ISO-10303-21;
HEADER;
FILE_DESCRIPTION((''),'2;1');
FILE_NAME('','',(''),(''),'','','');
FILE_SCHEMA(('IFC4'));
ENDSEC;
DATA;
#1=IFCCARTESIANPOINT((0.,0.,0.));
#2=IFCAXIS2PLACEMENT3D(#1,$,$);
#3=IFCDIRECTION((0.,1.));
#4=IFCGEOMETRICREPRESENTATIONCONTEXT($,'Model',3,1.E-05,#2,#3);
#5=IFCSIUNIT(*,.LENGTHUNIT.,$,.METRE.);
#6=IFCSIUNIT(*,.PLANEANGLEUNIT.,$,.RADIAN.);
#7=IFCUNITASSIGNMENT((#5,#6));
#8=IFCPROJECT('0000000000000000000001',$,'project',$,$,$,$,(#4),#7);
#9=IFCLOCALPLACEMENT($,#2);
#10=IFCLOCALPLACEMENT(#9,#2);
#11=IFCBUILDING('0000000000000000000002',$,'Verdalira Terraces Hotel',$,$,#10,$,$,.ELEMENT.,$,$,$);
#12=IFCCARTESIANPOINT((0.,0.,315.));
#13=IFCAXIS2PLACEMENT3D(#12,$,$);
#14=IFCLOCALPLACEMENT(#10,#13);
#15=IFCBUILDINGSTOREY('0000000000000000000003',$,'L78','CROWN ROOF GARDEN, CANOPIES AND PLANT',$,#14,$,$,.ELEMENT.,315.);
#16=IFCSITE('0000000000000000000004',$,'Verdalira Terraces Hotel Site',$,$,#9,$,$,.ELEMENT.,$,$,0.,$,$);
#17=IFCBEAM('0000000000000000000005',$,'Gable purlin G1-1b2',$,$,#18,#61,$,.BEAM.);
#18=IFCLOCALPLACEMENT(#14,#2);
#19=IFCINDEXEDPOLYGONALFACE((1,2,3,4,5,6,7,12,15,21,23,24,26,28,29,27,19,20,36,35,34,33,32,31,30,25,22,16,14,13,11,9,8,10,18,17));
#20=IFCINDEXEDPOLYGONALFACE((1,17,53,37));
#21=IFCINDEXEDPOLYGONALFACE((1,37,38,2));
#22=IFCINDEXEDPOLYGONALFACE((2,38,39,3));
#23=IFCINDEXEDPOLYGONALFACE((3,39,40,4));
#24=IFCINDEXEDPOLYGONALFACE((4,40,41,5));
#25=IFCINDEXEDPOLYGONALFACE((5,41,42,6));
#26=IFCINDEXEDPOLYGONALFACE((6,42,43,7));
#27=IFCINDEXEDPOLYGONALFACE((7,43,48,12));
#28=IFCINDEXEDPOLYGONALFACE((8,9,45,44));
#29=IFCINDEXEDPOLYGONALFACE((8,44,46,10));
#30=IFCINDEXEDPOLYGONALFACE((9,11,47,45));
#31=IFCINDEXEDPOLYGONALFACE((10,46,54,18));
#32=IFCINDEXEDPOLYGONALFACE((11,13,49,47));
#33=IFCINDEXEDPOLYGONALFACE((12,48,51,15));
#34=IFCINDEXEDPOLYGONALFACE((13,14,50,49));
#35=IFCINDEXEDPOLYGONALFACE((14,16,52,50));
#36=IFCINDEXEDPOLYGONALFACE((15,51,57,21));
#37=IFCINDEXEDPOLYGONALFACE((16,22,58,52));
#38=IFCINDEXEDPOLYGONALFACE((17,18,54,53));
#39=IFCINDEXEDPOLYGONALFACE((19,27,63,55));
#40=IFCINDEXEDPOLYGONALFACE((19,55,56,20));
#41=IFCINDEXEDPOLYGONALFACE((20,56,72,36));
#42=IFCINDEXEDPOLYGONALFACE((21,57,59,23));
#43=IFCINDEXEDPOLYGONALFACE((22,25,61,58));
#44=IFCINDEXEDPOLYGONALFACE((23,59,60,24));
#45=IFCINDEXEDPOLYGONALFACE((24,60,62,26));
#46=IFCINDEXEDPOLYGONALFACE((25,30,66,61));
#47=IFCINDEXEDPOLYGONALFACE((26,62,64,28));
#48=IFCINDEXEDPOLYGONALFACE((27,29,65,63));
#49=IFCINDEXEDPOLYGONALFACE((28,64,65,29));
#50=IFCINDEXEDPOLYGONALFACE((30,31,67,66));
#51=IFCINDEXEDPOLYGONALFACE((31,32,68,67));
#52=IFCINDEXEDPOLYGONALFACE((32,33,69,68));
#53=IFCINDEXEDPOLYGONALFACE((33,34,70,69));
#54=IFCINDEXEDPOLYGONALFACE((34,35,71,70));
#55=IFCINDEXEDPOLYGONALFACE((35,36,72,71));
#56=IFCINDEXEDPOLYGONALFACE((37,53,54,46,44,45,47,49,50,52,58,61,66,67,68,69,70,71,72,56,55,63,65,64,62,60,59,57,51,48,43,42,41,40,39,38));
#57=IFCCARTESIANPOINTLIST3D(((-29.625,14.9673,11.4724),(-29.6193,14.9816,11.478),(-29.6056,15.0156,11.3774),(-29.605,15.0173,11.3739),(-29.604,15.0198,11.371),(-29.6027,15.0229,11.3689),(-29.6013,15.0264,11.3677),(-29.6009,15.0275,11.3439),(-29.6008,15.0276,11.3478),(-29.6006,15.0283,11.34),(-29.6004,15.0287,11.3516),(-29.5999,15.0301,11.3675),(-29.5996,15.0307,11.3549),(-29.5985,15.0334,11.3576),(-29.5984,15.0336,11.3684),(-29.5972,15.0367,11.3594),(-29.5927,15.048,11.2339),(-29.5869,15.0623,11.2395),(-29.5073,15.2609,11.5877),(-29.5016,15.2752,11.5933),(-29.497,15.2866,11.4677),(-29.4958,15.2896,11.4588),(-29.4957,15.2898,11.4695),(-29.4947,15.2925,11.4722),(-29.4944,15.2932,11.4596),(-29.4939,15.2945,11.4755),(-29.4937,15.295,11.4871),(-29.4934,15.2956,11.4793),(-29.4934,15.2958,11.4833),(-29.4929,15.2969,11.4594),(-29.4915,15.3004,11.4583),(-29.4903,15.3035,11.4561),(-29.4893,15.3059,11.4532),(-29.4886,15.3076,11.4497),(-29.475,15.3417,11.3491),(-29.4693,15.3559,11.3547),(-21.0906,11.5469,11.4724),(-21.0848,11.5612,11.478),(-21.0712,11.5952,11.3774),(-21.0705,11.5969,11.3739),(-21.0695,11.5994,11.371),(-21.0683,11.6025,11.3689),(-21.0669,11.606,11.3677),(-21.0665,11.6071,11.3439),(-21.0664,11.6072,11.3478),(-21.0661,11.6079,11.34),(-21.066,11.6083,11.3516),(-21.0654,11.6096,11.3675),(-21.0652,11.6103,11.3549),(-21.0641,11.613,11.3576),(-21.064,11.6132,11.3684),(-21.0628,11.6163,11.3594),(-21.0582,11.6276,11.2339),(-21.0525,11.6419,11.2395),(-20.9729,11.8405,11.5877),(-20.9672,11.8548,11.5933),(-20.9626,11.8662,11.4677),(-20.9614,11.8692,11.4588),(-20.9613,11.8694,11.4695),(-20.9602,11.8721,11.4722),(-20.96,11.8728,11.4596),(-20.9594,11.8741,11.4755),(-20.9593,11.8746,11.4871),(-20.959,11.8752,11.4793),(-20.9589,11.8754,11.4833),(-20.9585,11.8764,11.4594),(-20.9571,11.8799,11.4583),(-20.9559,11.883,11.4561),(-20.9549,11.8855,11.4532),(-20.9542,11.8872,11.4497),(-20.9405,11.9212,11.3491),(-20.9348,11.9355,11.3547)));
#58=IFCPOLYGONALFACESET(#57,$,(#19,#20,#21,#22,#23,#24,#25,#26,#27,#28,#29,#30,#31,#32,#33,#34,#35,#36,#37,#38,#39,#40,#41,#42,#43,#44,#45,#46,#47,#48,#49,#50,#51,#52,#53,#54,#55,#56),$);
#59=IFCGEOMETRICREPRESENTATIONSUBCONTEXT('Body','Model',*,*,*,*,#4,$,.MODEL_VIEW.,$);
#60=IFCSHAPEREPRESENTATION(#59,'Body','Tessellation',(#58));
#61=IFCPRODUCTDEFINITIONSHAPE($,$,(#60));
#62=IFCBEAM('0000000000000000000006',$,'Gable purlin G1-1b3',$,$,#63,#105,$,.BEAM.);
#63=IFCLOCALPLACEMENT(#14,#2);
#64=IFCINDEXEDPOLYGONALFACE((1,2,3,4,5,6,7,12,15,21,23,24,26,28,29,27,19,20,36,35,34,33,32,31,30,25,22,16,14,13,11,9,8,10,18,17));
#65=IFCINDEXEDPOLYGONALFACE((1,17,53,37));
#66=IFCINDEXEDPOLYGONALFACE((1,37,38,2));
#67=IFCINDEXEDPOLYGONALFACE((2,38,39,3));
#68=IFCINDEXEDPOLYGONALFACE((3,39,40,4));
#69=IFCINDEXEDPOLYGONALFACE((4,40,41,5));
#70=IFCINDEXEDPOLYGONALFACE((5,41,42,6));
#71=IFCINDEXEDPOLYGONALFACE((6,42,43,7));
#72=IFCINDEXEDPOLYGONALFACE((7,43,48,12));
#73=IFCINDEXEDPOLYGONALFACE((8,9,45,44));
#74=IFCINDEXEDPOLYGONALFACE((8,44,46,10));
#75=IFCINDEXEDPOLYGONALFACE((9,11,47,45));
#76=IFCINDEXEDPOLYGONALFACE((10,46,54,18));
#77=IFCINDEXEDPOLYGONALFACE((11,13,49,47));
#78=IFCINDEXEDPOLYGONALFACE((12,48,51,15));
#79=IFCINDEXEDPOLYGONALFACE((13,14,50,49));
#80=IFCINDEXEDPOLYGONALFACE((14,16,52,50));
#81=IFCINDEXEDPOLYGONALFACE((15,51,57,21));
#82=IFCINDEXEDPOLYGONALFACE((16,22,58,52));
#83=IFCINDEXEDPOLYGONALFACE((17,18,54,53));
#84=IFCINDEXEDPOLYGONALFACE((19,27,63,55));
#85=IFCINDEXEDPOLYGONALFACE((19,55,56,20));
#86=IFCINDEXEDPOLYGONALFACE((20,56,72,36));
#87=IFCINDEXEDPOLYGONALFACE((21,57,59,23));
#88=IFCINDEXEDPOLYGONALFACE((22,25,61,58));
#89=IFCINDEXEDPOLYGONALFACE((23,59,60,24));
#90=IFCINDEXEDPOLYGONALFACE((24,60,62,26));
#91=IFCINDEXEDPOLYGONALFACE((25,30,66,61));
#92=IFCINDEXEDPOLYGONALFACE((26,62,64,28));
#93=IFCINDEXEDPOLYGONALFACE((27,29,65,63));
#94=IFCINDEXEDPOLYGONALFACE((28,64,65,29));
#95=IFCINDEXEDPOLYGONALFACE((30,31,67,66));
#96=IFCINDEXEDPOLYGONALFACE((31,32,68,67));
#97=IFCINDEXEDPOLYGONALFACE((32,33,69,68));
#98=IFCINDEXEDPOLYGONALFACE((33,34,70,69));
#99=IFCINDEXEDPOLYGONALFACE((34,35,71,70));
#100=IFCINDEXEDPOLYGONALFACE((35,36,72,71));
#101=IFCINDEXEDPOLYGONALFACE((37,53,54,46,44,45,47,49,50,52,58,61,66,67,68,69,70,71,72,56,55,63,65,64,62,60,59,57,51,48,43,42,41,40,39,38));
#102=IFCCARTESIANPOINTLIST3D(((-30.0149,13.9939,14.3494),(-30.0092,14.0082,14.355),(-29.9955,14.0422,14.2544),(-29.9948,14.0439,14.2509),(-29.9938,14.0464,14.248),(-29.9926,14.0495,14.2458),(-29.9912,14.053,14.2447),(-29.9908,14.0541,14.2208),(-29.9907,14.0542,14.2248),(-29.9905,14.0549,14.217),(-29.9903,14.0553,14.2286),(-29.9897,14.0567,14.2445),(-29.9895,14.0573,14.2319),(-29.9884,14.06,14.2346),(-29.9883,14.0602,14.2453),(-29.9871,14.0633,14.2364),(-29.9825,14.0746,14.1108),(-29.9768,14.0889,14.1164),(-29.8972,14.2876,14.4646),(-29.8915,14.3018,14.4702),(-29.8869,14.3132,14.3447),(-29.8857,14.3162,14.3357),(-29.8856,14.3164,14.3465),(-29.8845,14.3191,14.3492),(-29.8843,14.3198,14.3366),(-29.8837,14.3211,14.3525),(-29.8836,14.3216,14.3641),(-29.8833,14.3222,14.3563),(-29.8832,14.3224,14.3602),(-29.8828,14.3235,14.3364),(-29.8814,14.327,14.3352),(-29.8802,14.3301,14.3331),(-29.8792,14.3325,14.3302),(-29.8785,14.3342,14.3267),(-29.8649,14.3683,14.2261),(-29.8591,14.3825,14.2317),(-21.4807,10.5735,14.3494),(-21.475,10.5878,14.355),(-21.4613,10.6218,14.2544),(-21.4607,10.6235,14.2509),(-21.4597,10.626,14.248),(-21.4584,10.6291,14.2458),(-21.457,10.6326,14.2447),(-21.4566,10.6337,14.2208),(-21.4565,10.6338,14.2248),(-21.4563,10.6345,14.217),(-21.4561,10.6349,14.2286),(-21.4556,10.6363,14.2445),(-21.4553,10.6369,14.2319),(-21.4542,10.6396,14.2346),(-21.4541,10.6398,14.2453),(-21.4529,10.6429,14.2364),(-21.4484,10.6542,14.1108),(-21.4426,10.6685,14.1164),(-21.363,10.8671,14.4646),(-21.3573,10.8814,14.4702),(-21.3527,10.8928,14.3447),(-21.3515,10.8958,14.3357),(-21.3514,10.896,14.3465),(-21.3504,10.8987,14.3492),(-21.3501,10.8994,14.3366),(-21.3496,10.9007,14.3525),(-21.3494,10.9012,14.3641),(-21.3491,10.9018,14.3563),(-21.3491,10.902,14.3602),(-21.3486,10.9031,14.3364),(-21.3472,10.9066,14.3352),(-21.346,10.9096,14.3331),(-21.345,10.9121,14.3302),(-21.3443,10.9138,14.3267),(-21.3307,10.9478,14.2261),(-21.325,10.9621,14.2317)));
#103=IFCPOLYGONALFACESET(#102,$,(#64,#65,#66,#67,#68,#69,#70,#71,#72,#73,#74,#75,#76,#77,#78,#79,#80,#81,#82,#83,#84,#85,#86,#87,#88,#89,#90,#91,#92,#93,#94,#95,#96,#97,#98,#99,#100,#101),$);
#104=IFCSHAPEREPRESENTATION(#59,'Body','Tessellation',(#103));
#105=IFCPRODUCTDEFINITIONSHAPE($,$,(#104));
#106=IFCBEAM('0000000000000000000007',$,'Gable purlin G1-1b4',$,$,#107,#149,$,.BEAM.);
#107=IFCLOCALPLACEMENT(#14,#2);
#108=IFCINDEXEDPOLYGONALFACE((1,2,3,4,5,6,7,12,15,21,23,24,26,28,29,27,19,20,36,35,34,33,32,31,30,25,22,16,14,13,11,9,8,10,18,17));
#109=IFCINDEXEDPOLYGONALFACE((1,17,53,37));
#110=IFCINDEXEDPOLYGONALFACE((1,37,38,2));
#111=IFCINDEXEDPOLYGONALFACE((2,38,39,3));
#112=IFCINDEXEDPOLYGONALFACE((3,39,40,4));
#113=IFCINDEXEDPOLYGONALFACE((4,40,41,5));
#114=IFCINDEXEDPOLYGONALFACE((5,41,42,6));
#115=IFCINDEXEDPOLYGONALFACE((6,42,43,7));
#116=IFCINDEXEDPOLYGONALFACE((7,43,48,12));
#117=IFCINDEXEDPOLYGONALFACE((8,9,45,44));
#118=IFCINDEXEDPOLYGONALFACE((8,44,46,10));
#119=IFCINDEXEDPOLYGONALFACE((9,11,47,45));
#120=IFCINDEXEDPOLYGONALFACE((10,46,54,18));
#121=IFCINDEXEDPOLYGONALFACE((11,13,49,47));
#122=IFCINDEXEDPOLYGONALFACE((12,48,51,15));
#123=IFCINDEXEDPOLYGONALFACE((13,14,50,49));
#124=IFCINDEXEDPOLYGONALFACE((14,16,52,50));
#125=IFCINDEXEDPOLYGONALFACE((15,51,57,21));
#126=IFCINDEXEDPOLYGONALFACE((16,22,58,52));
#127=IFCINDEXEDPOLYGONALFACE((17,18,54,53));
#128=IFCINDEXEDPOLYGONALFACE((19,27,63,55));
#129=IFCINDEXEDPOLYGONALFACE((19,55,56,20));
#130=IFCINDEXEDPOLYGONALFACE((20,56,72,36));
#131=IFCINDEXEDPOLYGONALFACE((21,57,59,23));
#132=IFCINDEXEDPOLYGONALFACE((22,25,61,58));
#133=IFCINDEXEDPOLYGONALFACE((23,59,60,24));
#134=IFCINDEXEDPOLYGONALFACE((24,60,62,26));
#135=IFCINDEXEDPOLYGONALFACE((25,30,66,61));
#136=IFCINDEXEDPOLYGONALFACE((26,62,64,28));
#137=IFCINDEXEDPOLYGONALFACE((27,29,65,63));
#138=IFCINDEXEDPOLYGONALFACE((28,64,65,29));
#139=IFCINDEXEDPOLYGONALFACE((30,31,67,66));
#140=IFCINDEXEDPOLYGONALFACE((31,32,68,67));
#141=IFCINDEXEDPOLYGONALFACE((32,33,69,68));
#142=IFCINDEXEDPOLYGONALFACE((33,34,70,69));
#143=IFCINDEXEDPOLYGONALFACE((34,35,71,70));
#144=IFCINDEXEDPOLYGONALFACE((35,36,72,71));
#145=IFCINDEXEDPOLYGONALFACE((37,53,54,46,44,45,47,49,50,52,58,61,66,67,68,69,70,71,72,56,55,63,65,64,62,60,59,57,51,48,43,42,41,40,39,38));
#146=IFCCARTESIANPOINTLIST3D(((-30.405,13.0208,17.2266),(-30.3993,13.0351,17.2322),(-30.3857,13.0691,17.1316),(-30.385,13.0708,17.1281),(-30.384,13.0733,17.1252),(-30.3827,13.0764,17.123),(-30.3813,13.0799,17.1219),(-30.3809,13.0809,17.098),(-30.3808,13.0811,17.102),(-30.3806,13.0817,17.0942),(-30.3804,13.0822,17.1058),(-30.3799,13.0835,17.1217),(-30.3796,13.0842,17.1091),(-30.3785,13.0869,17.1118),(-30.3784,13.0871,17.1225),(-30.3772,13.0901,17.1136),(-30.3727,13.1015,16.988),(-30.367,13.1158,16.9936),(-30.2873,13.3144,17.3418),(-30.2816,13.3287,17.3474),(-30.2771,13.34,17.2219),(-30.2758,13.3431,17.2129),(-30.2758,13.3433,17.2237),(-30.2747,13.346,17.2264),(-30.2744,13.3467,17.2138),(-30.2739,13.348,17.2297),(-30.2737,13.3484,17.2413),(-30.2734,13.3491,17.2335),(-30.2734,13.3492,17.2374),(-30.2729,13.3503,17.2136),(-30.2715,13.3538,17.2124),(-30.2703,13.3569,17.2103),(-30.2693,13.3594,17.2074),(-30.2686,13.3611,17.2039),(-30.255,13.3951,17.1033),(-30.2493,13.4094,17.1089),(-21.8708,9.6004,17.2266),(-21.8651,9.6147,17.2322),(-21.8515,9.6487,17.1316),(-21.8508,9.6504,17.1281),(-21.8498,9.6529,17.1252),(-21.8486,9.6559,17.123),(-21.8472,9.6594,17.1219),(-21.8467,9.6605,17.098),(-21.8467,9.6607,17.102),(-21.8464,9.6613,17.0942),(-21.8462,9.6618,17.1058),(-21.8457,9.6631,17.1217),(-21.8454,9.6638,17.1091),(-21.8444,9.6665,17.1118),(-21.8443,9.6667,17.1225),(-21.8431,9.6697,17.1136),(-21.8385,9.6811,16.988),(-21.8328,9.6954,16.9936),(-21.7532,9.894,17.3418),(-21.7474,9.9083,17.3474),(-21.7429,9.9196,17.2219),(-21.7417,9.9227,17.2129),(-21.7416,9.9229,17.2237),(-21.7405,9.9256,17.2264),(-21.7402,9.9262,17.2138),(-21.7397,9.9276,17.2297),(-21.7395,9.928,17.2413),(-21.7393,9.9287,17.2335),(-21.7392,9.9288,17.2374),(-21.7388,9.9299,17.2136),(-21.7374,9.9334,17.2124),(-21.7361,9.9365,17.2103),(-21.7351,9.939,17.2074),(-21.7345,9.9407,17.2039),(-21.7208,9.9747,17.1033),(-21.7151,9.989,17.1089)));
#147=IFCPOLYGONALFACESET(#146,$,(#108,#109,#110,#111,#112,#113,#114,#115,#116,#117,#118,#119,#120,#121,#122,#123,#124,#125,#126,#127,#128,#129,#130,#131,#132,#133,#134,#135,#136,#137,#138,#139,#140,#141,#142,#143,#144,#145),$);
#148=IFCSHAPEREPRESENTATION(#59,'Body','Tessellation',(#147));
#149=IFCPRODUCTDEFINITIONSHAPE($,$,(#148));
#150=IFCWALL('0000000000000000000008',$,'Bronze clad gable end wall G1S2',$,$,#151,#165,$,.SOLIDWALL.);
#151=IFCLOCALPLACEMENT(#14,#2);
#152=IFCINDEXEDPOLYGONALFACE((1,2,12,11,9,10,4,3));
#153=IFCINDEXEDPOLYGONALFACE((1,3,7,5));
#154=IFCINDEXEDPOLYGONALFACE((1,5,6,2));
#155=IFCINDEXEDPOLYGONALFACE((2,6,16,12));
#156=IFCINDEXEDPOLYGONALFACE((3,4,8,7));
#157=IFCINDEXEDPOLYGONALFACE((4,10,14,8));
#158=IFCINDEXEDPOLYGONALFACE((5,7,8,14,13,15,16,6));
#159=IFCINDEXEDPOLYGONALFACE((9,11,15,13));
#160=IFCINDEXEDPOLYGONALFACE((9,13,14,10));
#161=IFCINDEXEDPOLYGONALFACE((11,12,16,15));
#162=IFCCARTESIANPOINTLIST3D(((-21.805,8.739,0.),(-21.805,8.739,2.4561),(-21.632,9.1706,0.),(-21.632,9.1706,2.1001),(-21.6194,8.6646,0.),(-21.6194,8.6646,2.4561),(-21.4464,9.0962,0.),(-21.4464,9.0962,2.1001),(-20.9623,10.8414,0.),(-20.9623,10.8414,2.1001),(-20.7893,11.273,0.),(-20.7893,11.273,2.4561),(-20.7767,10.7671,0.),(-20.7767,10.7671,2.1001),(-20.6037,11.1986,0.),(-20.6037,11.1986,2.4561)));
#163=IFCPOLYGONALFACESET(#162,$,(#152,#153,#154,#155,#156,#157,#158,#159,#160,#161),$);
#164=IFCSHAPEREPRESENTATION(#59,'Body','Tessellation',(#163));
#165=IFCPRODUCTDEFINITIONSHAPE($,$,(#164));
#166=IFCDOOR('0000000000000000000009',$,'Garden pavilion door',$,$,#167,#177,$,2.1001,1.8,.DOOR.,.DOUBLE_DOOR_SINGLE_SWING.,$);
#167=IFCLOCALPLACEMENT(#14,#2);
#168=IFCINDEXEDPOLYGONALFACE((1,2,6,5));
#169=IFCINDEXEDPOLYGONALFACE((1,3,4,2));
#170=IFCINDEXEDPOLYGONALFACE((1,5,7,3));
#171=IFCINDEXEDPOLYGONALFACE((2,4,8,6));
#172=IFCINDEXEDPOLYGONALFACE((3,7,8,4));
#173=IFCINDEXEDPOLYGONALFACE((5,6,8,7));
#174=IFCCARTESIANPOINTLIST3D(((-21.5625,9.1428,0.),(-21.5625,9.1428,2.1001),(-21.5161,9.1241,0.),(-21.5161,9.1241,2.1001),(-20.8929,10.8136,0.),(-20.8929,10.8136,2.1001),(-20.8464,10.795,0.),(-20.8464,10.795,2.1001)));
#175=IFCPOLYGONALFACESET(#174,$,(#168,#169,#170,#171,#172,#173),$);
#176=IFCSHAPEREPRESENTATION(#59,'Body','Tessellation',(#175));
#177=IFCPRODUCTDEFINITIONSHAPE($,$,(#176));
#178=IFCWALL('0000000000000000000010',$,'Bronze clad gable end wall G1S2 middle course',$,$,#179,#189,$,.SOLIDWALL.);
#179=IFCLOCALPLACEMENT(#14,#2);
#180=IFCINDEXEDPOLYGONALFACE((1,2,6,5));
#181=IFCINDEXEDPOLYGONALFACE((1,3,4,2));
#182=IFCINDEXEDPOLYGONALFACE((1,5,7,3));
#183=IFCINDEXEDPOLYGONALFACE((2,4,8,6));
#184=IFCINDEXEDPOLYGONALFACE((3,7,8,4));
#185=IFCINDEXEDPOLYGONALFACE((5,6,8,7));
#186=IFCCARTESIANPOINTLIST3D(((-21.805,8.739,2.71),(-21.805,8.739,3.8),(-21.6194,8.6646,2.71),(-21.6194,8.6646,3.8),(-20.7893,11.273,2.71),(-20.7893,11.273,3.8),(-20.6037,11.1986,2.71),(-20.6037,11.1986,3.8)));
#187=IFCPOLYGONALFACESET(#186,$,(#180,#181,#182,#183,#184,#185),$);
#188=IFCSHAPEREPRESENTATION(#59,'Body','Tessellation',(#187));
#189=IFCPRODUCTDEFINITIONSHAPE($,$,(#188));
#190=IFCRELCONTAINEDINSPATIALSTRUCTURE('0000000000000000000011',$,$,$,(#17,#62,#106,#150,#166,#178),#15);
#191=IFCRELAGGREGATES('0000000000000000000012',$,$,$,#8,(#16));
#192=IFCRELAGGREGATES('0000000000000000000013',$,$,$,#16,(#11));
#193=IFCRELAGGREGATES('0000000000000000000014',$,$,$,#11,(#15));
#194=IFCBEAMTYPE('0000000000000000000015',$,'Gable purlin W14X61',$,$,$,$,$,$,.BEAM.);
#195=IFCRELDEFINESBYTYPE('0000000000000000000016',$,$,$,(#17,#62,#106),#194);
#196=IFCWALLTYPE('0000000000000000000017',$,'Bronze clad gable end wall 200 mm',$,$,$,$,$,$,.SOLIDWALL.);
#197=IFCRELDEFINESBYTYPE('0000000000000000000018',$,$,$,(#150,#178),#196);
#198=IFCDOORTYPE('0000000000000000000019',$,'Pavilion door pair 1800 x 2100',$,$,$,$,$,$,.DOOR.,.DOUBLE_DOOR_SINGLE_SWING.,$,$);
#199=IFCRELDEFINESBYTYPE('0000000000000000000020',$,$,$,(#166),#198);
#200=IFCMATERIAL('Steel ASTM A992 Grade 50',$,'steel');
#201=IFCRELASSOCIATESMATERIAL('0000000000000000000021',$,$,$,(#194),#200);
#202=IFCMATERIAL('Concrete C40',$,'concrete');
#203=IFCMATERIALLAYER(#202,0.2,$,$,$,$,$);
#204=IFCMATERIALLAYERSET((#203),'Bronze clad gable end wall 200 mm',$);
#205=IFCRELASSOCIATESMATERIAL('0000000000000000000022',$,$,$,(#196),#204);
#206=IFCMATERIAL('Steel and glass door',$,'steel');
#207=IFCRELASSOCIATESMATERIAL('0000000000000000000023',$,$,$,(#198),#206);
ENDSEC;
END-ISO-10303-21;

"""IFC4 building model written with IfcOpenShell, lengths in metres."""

from ifc_helpers import new_model, si_unit, direction, frame, frame_2d, origin, origin_2d, place, context, subcontext, project, spatial, rectangle, i_section, extrude, material, layer, layer_set, material_profile, profile_set, type_object, element, fill, save


model = new_model("IFC4")

# Units and contexts
model_context = context("Model", 3, precision=1e-05, world=origin(), true_north=direction((0.0, 1.0)))
body_context = subcontext(model_context, "Body", "Model", "MODEL_VIEW")
ifc_project = project(units=[si_unit("LENGTHUNIT", "METRE"), si_unit("PLANEANGLEUNIT", "RADIAN")], contexts=[model_context])

# Site, building, storey
site_placement = place(None, origin())
site = spatial("IfcSite", under=ifc_project, at=site_placement, Name="Verdalira Terraces Hotel Site", CompositionType="ELEMENT", RefElevation=0.0)
building_placement = place(site_placement, origin())
building = spatial("IfcBuilding", under=site, at=building_placement, Name="Verdalira Terraces Hotel", CompositionType="ELEMENT")
storey_placement = place(building_placement, frame((0.0, 0.0, 315.0)))
storey = spatial("IfcBuildingStorey", under=building, at=storey_placement, Name="L78", Description="CROWN ROOF GARDEN, CANOPIES AND PLANT", CompositionType="ELEMENT", Elevation=315.0)

# Beams
ifc_material_1 = material(Name="Steel ASTM A992 Grade 50", Category="steel")
ifc_material_profile_1 = material_profile(ifc_material_1, i_section(OverallWidth=0.2539, OverallDepth=0.353, WebThickness=0.0095, FlangeThickness=0.0164, FilletRadius=0.0151, at=origin_2d()), Name="W14X61")
ifc_profile_set_1 = profile_set([ifc_material_profile_1], Name="Steel ASTM A992 Grade 50")
beam_type_1 = type_object("IfcBeamType", Name="Gable purlin W14X61", PredefinedType="BEAM", material=ifc_profile_set_1)
beam_1_placement = place(storey_placement, frame((-21.0127, 11.7412, 11.4136), z_axis=(-0.928227, 0.372013, 0.0), x_axis=(-0.127385, -0.317845, 0.939546)))
element("IfcBeam", 1, at=beam_1_placement, inside=storey, type_object=beam_type_1, Name="Gable purlin G1-1b2", PredefinedType="BEAM", context=body_context, shape_type="SweptSolid", body=[
    extrude(i_section(OverallWidth=0.2539, OverallDepth=0.353, WebThickness=0.0095, FlangeThickness=0.0164, FilletRadius=0.0151, at=origin_2d()), origin(), (0.0, 0.0, 1.0), 9.1943),
])
for number, where, z_axis, x_axis, name in (
    (2, (-21.4028, 10.7678, 14.2905), (-0.928224, 0.372022, 0.0), (-0.127389, -0.317844, 0.939546), "Gable purlin G1-1b3"),
    (3, (-21.793, 9.7947, 17.1677), (-0.928224, 0.372022, 0.0), (-0.127389, -0.317844, 0.939546), "Gable purlin G1-1b4"),
):
    element("IfcBeam", number, at=place(storey_placement, frame(where, z_axis=z_axis, x_axis=x_axis)), inside=storey, type_object=beam_type_1, Name=name, PredefinedType="BEAM", context=body_context, shape_type="SweptSolid", body=[
        extrude(i_section(OverallWidth=0.2539, OverallDepth=0.353, WebThickness=0.0095, FlangeThickness=0.0164, FilletRadius=0.0151, at=origin_2d()), origin(), (0.0, 0.0, 1.0), 9.1941),
    ])

# Wall, opening, door
ifc_material_2 = material(Name="Concrete C40", Category="concrete")
ifc_layer_1 = layer(ifc_material_2, 0.2)
ifc_layer_set_1 = layer_set([ifc_layer_1], Name="Bronze clad gable end wall 200 mm")
wall_type_1 = type_object("IfcWallType", Name="Bronze clad gable end wall 200 mm", PredefinedType="SOLIDWALL", material=ifc_layer_set_1)
wall_1_placement = place(storey_placement, frame((-20.6965, 11.2358, 0.0), z_axis=(0.0, 0.0, 1.0), x_axis=(-0.372038, -0.928217, 0.0)))
wall_1 = element("IfcWall", 4, at=wall_1_placement, inside=storey, type_object=wall_type_1, Name="Bronze clad gable end wall G1S2", PredefinedType="SOLIDWALL", context=body_context, shape_type="SweptSolid", body=[
    extrude(rectangle(XDim=2.73, YDim=0.2, at=frame_2d((1.365, 0.0))), origin(), (0.0, 0.0, 1.0), 2.4561),
])
opening_1_placement = place(wall_1_placement, frame((0.4651, 0.0, 0.0)))
opening_1 = element("IfcOpeningElement", 5, at=opening_1_placement, cuts=wall_1, PredefinedType="OPENING", context=body_context, shape_type="SweptSolid", body=[
    extrude(rectangle(XDim=1.8, YDim=2.1001, at=frame_2d((0.8999, 1.05))), frame((0.0, 0.1099, 0.0), z_axis=(0.0, -1.0, 0.0), x_axis=(1.0, 0.0, 0.0)), (0.0, 0.0, 1.0), 0.22),
])
ifc_material_3 = material(Name="Steel and glass door", Category="steel")
door_type = type_object("IfcDoorType", Name="Pavilion door pair 1800 x 2100", OperationType="DOUBLE_DOOR_SINGLE_SWING", PredefinedType="DOOR", material=ifc_material_3)
door_placement = place(opening_1_placement, origin())
door = element("IfcDoor", 6, at=door_placement, inside=storey, type_object=door_type, Name="Garden pavilion door", OperationType="DOUBLE_DOOR_SINGLE_SWING", OverallHeight=2.1001, OverallWidth=1.8, PredefinedType="DOOR", context=body_context, shape_type="SweptSolid", body=[
    extrude(rectangle(XDim=1.8, YDim=2.1001, at=frame_2d((0.8999, 1.05))), frame((0.0, 0.0249, 0.0), z_axis=(0.0, -1.0, 0.0), x_axis=(1.0, 0.0, 0.0)), (0.0, 0.0, 1.0), 0.05),
])
fill(opening_1, door)

# Wall
wall_2_placement = place(storey_placement, frame((-20.6965, 11.2358, 2.71), z_axis=(0.0, 0.0, 1.0), x_axis=(-0.372038, -0.928217, 0.0)))
element("IfcWall", 7, at=wall_2_placement, inside=storey, type_object=wall_type_1, Name="Bronze clad gable end wall G1S2 middle course", PredefinedType="SOLIDWALL", context=body_context, shape_type="SweptSolid", body=[
    extrude(rectangle(XDim=2.73, YDim=0.2, at=frame_2d((1.365, 0.0))), origin(), (0.0, 0.0, 1.0), 1.0901),
])

save(model, "model.ifc")
